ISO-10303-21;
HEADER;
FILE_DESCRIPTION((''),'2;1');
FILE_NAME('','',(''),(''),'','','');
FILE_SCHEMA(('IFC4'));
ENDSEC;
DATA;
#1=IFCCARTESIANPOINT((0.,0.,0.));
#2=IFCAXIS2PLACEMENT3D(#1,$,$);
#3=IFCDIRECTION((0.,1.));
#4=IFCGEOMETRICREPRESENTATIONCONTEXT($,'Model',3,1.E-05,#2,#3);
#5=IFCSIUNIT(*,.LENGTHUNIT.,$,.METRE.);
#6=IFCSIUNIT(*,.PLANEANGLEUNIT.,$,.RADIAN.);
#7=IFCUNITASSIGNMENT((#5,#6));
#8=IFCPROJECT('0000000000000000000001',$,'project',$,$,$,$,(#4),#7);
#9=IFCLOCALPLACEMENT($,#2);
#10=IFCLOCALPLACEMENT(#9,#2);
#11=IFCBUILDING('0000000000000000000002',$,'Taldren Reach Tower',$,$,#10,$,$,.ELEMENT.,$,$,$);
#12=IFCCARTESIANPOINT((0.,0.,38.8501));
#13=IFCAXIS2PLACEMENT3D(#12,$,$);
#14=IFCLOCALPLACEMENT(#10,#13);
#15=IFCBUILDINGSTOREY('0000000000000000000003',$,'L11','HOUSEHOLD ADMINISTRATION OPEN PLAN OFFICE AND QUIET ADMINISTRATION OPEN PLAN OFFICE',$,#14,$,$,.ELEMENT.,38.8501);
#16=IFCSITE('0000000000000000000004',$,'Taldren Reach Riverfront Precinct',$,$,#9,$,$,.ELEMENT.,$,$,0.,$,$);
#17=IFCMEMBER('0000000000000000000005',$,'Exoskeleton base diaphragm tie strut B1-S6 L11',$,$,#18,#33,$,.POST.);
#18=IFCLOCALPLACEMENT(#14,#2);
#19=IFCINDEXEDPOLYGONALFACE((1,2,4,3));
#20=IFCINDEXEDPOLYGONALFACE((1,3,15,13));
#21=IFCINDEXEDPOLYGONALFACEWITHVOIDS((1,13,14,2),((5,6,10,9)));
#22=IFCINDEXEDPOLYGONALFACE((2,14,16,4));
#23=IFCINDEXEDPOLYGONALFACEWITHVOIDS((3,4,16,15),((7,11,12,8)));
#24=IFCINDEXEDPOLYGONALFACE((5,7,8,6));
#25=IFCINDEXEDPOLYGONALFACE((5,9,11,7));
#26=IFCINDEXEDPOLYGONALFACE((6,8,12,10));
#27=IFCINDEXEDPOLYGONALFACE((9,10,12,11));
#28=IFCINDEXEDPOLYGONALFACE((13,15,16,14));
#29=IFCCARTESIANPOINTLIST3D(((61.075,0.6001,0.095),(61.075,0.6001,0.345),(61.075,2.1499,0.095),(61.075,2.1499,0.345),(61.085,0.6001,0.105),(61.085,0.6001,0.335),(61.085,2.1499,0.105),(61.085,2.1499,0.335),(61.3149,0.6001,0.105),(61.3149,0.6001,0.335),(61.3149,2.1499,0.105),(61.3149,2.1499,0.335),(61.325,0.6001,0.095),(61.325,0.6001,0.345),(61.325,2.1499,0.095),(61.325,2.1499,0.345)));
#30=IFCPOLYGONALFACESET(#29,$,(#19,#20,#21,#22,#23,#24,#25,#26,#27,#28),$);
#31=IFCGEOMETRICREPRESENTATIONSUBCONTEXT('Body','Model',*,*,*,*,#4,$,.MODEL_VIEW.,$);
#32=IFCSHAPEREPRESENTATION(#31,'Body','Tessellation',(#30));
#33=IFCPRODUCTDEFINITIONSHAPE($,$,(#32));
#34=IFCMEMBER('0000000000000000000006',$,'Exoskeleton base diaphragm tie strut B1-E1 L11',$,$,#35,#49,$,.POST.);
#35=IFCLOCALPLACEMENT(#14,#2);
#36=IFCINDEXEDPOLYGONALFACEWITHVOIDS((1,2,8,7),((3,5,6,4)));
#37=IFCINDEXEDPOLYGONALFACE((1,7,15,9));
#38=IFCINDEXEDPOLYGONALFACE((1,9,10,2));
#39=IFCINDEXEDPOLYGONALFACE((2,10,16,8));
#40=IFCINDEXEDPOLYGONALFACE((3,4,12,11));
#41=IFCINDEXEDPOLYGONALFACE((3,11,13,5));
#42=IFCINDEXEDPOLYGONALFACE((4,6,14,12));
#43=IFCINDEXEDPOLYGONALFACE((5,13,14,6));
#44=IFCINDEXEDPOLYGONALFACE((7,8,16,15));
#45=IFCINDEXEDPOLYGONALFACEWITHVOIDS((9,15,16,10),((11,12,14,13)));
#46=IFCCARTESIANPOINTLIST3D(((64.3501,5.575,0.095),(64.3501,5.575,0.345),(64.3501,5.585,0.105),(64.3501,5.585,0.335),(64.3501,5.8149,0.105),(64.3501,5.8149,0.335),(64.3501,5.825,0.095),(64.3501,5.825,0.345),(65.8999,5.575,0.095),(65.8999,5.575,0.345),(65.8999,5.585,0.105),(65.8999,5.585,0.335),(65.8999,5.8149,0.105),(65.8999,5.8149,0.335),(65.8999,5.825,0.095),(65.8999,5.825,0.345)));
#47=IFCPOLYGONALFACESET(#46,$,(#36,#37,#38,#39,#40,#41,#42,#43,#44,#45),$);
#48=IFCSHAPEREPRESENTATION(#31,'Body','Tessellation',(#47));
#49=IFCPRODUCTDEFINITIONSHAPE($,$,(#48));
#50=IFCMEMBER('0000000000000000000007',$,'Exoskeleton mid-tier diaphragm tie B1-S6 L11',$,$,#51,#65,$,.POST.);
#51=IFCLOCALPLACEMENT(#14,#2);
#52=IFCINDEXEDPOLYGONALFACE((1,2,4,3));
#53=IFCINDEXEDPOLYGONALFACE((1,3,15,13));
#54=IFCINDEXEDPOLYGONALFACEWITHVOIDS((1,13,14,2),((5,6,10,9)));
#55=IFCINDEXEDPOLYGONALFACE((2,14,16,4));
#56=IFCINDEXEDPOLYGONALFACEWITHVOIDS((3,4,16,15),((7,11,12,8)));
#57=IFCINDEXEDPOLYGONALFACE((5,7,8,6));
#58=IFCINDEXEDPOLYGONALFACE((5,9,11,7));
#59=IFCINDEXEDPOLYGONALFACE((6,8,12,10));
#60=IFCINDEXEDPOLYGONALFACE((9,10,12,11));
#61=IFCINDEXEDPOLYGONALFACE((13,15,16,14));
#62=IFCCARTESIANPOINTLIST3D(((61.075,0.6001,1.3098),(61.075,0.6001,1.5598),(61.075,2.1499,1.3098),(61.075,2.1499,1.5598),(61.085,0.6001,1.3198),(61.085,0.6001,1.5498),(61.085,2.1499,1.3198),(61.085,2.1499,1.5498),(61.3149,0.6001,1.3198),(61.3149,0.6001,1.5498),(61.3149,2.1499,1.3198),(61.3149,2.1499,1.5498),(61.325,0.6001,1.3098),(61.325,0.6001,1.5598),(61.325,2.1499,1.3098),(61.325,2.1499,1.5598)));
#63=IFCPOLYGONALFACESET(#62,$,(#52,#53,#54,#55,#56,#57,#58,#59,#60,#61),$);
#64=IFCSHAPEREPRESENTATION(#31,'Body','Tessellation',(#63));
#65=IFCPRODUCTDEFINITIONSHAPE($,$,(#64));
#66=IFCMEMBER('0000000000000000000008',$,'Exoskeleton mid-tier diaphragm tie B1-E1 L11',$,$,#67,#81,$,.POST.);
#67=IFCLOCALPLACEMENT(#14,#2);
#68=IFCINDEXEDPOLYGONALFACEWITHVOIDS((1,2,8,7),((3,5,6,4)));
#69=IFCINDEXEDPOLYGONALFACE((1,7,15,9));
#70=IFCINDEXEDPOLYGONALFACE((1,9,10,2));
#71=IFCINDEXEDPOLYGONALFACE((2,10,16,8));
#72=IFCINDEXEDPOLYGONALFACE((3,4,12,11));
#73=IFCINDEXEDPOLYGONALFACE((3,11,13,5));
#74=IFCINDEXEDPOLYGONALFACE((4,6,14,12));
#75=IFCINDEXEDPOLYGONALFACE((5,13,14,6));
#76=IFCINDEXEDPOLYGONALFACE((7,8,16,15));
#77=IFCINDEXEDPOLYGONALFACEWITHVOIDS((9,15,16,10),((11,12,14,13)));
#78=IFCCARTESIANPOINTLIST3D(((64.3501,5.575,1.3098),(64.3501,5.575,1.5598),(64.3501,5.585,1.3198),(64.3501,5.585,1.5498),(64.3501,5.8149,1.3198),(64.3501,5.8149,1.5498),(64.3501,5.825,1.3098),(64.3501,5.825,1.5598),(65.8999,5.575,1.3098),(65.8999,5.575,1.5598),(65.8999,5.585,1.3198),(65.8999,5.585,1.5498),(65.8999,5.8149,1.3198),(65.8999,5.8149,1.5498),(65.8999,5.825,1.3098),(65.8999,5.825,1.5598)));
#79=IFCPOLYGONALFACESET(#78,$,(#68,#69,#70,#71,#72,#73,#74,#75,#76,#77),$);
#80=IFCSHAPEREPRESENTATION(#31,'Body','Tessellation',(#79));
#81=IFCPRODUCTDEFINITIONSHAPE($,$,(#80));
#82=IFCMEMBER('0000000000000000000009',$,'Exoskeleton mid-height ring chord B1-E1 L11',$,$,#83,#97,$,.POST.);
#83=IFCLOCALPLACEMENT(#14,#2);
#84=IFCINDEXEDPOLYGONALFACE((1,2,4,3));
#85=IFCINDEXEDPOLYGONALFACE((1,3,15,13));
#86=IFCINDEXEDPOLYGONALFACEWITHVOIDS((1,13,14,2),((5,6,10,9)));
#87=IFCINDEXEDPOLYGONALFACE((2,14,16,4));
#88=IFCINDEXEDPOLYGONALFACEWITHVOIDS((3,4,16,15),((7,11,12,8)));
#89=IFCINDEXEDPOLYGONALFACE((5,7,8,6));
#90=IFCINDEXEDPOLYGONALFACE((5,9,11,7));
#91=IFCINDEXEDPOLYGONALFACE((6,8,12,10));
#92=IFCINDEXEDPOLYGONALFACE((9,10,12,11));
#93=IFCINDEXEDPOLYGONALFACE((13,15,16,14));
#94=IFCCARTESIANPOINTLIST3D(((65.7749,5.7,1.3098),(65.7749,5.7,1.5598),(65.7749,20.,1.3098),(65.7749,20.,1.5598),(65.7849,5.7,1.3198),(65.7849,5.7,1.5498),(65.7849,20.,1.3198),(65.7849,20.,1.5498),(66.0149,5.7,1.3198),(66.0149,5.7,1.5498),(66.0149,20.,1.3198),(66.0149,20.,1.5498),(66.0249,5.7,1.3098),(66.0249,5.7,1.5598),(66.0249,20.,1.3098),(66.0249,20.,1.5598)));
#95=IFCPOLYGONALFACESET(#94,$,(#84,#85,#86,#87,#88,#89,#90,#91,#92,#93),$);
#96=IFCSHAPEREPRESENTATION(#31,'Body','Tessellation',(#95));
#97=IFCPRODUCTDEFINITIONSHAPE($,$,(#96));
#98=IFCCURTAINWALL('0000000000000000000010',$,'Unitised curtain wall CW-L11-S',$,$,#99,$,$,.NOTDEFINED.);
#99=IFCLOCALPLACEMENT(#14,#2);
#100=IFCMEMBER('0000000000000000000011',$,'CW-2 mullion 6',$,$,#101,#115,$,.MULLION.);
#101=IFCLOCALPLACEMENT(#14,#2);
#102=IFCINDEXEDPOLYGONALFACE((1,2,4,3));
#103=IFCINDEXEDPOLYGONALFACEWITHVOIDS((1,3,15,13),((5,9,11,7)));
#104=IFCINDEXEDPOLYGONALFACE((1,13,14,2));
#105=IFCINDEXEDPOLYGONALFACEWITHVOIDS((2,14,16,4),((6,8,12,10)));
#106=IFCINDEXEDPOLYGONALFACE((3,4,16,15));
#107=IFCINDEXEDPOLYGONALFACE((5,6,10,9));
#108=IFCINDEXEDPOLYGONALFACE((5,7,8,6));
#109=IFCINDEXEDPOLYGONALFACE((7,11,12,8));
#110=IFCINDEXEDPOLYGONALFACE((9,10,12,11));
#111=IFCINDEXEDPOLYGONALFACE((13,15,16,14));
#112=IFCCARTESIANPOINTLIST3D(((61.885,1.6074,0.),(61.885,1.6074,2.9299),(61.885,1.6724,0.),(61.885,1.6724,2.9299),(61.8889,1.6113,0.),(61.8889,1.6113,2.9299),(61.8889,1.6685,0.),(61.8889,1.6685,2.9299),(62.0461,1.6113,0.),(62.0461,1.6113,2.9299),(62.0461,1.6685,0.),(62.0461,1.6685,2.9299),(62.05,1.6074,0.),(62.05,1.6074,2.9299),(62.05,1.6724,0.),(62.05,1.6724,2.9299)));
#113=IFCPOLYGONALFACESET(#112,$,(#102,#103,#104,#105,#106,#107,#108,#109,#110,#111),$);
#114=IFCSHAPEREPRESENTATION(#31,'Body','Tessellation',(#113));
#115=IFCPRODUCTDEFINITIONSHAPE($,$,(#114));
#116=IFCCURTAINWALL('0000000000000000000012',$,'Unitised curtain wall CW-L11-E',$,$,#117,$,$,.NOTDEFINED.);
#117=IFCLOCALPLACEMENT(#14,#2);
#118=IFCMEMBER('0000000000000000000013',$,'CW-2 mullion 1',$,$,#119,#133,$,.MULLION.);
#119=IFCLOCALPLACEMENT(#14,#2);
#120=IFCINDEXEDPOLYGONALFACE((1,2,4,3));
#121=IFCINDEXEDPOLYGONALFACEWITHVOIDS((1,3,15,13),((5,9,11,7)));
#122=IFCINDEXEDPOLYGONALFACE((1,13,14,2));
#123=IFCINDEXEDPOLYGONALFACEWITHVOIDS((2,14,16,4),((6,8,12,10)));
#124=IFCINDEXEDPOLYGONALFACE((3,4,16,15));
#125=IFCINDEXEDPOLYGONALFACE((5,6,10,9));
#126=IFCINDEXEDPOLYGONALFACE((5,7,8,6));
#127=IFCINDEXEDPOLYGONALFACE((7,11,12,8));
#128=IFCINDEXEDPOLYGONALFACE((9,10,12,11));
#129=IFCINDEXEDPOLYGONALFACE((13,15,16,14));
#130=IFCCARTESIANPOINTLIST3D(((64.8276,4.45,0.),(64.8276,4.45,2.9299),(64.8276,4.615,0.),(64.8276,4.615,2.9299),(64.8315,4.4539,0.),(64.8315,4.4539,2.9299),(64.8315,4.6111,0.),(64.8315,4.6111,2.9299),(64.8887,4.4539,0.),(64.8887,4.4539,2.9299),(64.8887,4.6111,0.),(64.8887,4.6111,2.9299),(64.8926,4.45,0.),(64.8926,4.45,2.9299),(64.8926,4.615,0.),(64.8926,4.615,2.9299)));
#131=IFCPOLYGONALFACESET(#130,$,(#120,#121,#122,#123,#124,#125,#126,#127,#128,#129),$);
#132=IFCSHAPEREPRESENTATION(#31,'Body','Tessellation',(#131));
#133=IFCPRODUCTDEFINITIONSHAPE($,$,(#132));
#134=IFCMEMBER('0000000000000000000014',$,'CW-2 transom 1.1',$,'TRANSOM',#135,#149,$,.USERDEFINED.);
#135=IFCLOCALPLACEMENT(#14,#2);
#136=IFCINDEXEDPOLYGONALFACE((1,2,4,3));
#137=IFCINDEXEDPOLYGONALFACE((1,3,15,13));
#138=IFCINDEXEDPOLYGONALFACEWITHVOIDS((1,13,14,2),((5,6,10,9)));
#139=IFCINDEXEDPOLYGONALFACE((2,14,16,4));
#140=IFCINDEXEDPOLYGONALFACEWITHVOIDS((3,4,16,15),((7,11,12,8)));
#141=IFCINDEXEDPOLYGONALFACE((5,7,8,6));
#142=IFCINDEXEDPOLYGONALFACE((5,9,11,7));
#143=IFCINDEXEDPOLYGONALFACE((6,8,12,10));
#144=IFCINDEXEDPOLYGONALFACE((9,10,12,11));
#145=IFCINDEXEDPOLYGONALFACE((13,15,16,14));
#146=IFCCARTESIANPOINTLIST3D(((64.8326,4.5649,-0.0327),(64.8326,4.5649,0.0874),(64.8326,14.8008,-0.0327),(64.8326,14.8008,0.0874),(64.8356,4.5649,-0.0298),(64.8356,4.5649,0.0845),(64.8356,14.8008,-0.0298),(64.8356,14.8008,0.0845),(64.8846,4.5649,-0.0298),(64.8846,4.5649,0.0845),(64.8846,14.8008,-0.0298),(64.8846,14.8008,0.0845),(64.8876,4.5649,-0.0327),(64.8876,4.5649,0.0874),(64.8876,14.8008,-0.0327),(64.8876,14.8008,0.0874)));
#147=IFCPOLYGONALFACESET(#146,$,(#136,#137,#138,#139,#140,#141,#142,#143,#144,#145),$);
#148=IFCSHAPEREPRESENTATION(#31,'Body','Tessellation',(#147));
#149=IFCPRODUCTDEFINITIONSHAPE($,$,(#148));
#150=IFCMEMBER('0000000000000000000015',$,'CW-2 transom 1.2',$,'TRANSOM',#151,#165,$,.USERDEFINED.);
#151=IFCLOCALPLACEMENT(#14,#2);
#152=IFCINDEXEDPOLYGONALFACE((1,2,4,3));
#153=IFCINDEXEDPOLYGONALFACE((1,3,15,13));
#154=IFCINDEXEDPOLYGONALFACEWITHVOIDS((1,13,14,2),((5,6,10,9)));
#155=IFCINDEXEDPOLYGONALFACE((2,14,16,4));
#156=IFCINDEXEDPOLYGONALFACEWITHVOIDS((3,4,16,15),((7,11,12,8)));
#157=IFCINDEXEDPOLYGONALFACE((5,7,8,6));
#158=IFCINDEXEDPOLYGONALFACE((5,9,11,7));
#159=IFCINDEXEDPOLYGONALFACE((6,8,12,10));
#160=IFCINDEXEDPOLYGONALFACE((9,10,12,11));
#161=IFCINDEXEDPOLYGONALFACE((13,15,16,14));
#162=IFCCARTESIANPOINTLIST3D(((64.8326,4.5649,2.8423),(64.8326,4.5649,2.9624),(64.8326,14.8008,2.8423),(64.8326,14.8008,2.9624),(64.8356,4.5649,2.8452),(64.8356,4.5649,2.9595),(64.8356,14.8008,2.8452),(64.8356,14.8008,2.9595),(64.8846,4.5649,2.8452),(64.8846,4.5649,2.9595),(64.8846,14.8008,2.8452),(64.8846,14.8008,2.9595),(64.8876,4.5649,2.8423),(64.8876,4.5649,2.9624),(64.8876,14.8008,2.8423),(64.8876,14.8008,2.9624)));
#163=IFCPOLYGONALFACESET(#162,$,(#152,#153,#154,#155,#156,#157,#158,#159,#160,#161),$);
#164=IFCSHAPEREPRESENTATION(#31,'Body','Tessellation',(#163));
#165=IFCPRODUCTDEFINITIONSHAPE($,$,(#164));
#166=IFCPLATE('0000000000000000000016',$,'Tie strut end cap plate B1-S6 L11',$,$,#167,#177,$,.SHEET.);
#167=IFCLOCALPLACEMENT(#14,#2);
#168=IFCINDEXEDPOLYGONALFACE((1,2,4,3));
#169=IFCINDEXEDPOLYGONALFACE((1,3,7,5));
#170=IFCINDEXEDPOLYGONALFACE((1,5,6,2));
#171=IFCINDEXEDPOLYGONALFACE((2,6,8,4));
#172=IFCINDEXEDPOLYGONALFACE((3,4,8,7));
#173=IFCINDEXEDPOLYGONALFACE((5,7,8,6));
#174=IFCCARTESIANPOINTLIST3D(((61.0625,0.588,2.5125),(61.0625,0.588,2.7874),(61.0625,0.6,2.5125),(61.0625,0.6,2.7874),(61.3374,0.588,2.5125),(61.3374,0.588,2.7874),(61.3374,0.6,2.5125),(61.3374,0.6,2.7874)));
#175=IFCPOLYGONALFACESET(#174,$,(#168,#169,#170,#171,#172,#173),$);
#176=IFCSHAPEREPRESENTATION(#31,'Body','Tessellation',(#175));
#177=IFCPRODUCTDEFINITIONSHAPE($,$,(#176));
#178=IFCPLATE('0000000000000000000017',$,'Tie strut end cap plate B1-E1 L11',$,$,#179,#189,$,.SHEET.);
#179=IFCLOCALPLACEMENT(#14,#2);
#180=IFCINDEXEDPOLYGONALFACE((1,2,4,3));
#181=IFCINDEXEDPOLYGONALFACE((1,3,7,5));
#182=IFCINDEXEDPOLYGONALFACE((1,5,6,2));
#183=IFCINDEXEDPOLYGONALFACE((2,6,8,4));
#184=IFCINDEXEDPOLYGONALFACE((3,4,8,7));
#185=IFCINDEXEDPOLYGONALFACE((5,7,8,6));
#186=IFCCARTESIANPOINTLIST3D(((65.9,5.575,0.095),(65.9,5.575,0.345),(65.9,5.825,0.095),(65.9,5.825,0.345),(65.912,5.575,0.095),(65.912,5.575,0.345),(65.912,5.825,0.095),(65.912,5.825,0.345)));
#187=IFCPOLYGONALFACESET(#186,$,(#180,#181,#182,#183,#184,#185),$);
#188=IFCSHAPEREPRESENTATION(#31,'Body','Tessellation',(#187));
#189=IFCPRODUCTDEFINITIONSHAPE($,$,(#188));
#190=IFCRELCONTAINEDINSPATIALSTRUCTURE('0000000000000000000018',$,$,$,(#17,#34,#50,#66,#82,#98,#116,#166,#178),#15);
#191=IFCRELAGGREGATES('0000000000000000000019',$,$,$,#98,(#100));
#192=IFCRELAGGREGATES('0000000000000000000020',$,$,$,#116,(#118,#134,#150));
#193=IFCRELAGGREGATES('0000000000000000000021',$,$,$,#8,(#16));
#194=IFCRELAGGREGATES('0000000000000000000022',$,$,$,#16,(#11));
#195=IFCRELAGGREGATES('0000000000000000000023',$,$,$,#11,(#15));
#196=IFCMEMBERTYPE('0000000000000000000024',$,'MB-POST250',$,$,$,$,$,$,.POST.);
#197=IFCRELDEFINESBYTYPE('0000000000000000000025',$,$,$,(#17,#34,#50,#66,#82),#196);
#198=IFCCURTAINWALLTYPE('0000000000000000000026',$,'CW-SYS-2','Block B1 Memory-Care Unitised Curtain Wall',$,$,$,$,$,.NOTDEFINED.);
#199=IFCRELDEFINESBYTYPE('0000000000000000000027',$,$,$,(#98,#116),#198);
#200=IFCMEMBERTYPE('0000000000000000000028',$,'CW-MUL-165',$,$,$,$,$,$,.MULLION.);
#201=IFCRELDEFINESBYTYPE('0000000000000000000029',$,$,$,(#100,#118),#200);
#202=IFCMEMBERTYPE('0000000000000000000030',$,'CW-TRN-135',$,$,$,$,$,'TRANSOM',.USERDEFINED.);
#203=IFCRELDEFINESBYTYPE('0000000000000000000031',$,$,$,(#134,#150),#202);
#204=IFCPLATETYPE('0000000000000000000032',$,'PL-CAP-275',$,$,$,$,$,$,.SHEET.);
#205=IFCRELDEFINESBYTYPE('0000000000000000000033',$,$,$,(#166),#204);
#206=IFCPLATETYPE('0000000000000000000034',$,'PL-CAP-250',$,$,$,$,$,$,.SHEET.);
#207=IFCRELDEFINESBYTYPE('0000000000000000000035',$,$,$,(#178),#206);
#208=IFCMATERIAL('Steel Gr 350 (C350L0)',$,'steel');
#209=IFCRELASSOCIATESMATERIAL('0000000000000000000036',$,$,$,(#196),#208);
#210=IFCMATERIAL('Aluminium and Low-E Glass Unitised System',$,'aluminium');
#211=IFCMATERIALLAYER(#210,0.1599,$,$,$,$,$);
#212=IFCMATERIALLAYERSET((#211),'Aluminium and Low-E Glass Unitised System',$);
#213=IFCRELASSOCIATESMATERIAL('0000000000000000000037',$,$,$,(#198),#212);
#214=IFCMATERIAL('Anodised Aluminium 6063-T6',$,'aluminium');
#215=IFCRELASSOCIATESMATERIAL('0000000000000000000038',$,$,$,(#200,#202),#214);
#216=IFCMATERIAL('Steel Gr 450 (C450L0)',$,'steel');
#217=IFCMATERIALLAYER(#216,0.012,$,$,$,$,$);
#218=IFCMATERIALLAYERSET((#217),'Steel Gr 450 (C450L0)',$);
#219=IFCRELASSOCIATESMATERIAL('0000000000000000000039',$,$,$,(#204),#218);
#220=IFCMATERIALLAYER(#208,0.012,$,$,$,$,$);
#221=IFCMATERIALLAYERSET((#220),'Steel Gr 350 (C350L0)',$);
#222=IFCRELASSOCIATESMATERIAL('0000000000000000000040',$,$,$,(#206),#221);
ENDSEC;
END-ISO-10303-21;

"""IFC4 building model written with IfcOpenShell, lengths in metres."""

from ifc_helpers import new_model, si_unit, direction, frame, origin, origin_2d, place, context, subcontext, project, spatial, rectangle, hollow_rectangle, extrude, source, transform, mapped, material, layer, layer_set, material_profile, profile_set, type_object, element, aggregate, save


model = new_model("IFC4")

# Units and contexts
model_context = context("Model", 3, precision=1e-05, world=origin(), true_north=direction((0.0, 1.0)))
body_context = subcontext(model_context, "Body", "Model", "MODEL_VIEW")
ifc_project = project(units=[si_unit("LENGTHUNIT", "METRE"), si_unit("PLANEANGLEUNIT", "RADIAN")], contexts=[model_context])

# Site, building, storey
site_placement = place(None, origin())
site = spatial("IfcSite", under=ifc_project, at=site_placement, Name="Taldren Reach Riverfront Precinct", CompositionType="ELEMENT", RefElevation=0.0)
building_placement = place(site_placement, origin())
building = spatial("IfcBuilding", under=site, at=building_placement, Name="Taldren Reach Tower", CompositionType="ELEMENT")
storey_placement = place(building_placement, frame((0.0, 0.0, 38.8501)))
storey = spatial("IfcBuildingStorey", under=building, at=storey_placement, Name="L11", Description="HOUSEHOLD ADMINISTRATION OPEN PLAN OFFICE AND QUIET ADMINISTRATION OPEN PLAN OFFICE", CompositionType="ELEMENT", Elevation=38.8501)

# Members
ifc_material_1 = material(Name="Steel Gr 450 (C450L0)", Category="steel")
ifc_material_2 = material(Name="Steel Gr 350 (C350L0)", Category="steel")
ifc_material_profile_1 = material_profile(ifc_material_2, hollow_rectangle(XDim=0.25, YDim=0.25, WallThickness=0.01, at=origin_2d()), Name="250x250x10.0SHS")
ifc_profile_set_1 = profile_set([ifc_material_profile_1], Name="Steel Gr 350 (C350L0)")
member_type_1 = type_object("IfcMemberType", Name="MB-POST250", PredefinedType="POST", material=ifc_profile_set_1)
shared_shape_1 = source(origin(), body_context, "Body", "SweptSolid", [
    extrude(hollow_rectangle(XDim=0.25, YDim=0.25, WallThickness=0.01, at=origin_2d()), origin(), (0.0, 0.0, 1.0), 1.5498),
])
for number, where, z_axis, x_axis, name in (
    (1, (61.2, 2.1499, 0.22), (0.0, -1.0, 0.0), (1.0, 0.0, 0.0), "Exoskeleton base diaphragm tie strut B1-S6 L11"),
    (2, (64.3501, 5.7, 0.22), (1.0, 0.0, 0.0), (0.0, 1.0, 0.0), "Exoskeleton base diaphragm tie strut B1-E1 L11"),
    (3, (61.2, 2.1499, 1.4348), (0.0, -1.0, 0.0), (1.0, 0.0, 0.0), "Exoskeleton mid-tier diaphragm tie B1-S6 L11"),
    (4, (64.3501, 5.7, 1.4348), (1.0, 0.0, 0.0), (0.0, 1.0, 0.0), "Exoskeleton mid-tier diaphragm tie B1-E1 L11"),
):
    element("IfcMember", number, at=place(storey_placement, frame(where, z_axis=z_axis, x_axis=x_axis)), inside=storey, type_object=member_type_1, Name=name, PredefinedType="POST", context=body_context, shape_type="MappedRepresentation", body=[
        mapped(shared_shape_1, transform((0.0, 0.0, 0.0), scale=1.0)),
    ])
shared_shape_2 = source(origin(), body_context, "Body", "SweptSolid", [
    extrude(hollow_rectangle(XDim=0.25, YDim=0.25, WallThickness=0.01, at=origin_2d()), origin(), (0.0, 0.0, 1.0), 14.3),
])
member_1_placement = place(storey_placement, frame((65.8999, 5.7, 1.4348), z_axis=(0.0, 1.0, 0.0), x_axis=(-1.0, 0.0, 0.0)))
element("IfcMember", 5, at=member_1_placement, inside=storey, type_object=member_type_1, Name="Exoskeleton mid-height ring chord B1-E1 L11", PredefinedType="POST", context=body_context, shape_type="MappedRepresentation", body=[
    mapped(shared_shape_2, transform((0.0, 0.0, 0.0), scale=1.0)),
])

# Curtain wall, member
ifc_material_3 = material(Name="Aluminium and Low-E Glass Unitised System", Category="aluminium")
ifc_layer_1 = layer(ifc_material_3, 0.1599)
ifc_layer_set_1 = layer_set([ifc_layer_1], Name="Aluminium and Low-E Glass Unitised System")
curtain_wall_type = type_object("IfcCurtainWallType", Name="CW-SYS-2", Description="Block B1 Memory-Care Unitised Curtain Wall", PredefinedType="NOTDEFINED", material=ifc_layer_set_1)
curtain_wall_1_placement = place(storey_placement, origin())
curtain_wall_1 = element("IfcCurtainWall", 6, at=curtain_wall_1_placement, inside=storey, type_object=curtain_wall_type, Name="Unitised curtain wall CW-L11-S", PredefinedType="NOTDEFINED")
ifc_material_4 = material(Name="Anodised Aluminium 6063-T6", Category="aluminium")
ifc_material_profile_2 = material_profile(ifc_material_4, hollow_rectangle(XDim=0.0649, YDim=0.165, WallThickness=0.0039, at=origin_2d()), Name="ALU-165x65x4RHS")
ifc_profile_set_2 = profile_set([ifc_material_profile_2], Name="Anodised Aluminium 6063-T6")
member_type_2 = type_object("IfcMemberType", Name="CW-MUL-165", PredefinedType="MULLION", material=ifc_profile_set_2)
shared_shape_3 = source(origin(), body_context, "Body", "SweptSolid", [
    extrude(hollow_rectangle(XDim=0.0649, YDim=0.165, WallThickness=0.0039, at=origin_2d()), origin(), (0.0, 0.0, 1.0), 2.9299),
])
member_2_placement = place(storey_placement, frame((61.9675, 1.6399, 0.0), z_axis=(0.0, 0.0, 1.0), x_axis=(0.0, 1.0, 0.0)))
member_2 = element("IfcMember", 7, at=member_2_placement, type_object=member_type_2, Name="CW-2 mullion 6", PredefinedType="MULLION", context=body_context, shape_type="MappedRepresentation", body=[
    mapped(shared_shape_3, transform((0.0, 0.0, 0.0), scale=1.0)),
])

# Curtain wall, members
curtain_wall_2_placement = place(storey_placement, origin())
curtain_wall_2 = element("IfcCurtainWall", 8, at=curtain_wall_2_placement, inside=storey, type_object=curtain_wall_type, Name="Unitised curtain wall CW-L11-E", PredefinedType="NOTDEFINED")
member_3_placement = place(storey_placement, frame((64.8601, 4.5325, 0.0), z_axis=(0.0, 0.0, 1.0), x_axis=(-1.0, 0.0, 0.0)))
member_3 = element("IfcMember", 9, at=member_3_placement, type_object=member_type_2, Name="CW-2 mullion 1", PredefinedType="MULLION", context=body_context, shape_type="MappedRepresentation", body=[
    mapped(shared_shape_3, transform((0.0, 0.0, 0.0), scale=1.0)),
])
ifc_material_profile_3 = material_profile(ifc_material_4, hollow_rectangle(XDim=0.0549, YDim=0.1201, WallThickness=0.0029, at=origin_2d()), Name="ALU-120x55x3RHS")
ifc_profile_set_3 = profile_set([ifc_material_profile_3], Name="Anodised Aluminium 6063-T6")
member_type_3 = type_object("IfcMemberType", Name="CW-TRN-135", ElementType="TRANSOM", PredefinedType="USERDEFINED", material=ifc_profile_set_3)
shared_shape_4 = source(origin(), body_context, "Body", "SweptSolid", [
    extrude(hollow_rectangle(XDim=0.0549, YDim=0.1201, WallThickness=0.0029, at=origin_2d()), origin(), (0.0, 0.0, 1.0), 10.2358),
])
member_4_placement = place(storey_placement, frame((64.8601, 4.5649, 0.0273), z_axis=(0.0, 1.0, 0.0), x_axis=(-1.0, 0.0, 0.0)))
member_4 = element("IfcMember", 10, at=member_4_placement, type_object=member_type_3, Name="CW-2 transom 1.1", ObjectType="TRANSOM", PredefinedType="USERDEFINED", context=body_context, shape_type="MappedRepresentation", body=[
    mapped(shared_shape_4, transform((0.0, 0.0, 0.0), scale=1.0)),
])
member_5_placement = place(storey_placement, frame((64.8601, 4.5649, 2.9023), z_axis=(0.0, 1.0, 0.0), x_axis=(-1.0, 0.0, 0.0)))
member_5 = element("IfcMember", 11, at=member_5_placement, type_object=member_type_3, Name="CW-2 transom 1.2", ObjectType="TRANSOM", PredefinedType="USERDEFINED", context=body_context, shape_type="MappedRepresentation", body=[
    mapped(shared_shape_4, transform((0.0, 0.0, 0.0), scale=1.0)),
])

# Plates
ifc_layer_2 = layer(ifc_material_1, 0.012)
ifc_layer_set_2 = layer_set([ifc_layer_2], Name="Steel Gr 450 (C450L0)")
plate_type_1 = type_object("IfcPlateType", Name="PL-CAP-275", PredefinedType="SHEET", material=ifc_layer_set_2)
shared_shape_5 = source(origin(), body_context, "Body", "SweptSolid", [
    extrude(rectangle(XDim=0.2749, YDim=0.012, at=origin_2d()), origin(), (0.0, 0.0, 1.0), 0.2749),
])
plate_1_placement = place(storey_placement, frame((61.2, 0.594, 2.5125), z_axis=(0.0, 0.0, 1.0), x_axis=(1.0, 0.0, 0.0)))
element("IfcPlate", 12, at=plate_1_placement, inside=storey, type_object=plate_type_1, Name="Tie strut end cap plate B1-S6 L11", PredefinedType="SHEET", context=body_context, shape_type="MappedRepresentation", body=[
    mapped(shared_shape_5, transform((0.0, 0.0, 0.0), scale=1.0)),
])
ifc_layer_3 = layer(ifc_material_2, 0.012)
ifc_layer_set_3 = layer_set([ifc_layer_3], Name="Steel Gr 350 (C350L0)")
plate_type_2 = type_object("IfcPlateType", Name="PL-CAP-250", PredefinedType="SHEET", material=ifc_layer_set_3)
shared_shape_6 = source(origin(), body_context, "Body", "SweptSolid", [
    extrude(rectangle(XDim=0.012, YDim=0.25, at=origin_2d()), origin(), (0.0, 0.0, 1.0), 0.25),
])
plate_2_placement = place(storey_placement, frame((65.906, 5.7, 0.095), z_axis=(0.0, 0.0, 1.0), x_axis=(1.0, 0.0, 0.0)))
element("IfcPlate", 13, at=plate_2_placement, inside=storey, type_object=plate_type_2, Name="Tie strut end cap plate B1-E1 L11", PredefinedType="SHEET", context=body_context, shape_type="MappedRepresentation", body=[
    mapped(shared_shape_6, transform((0.0, 0.0, 0.0), scale=1.0)),
])

aggregate(curtain_wall_1, [member_2])
aggregate(curtain_wall_2, [member_3, member_4, member_5])

save(model, "model.ifc")
